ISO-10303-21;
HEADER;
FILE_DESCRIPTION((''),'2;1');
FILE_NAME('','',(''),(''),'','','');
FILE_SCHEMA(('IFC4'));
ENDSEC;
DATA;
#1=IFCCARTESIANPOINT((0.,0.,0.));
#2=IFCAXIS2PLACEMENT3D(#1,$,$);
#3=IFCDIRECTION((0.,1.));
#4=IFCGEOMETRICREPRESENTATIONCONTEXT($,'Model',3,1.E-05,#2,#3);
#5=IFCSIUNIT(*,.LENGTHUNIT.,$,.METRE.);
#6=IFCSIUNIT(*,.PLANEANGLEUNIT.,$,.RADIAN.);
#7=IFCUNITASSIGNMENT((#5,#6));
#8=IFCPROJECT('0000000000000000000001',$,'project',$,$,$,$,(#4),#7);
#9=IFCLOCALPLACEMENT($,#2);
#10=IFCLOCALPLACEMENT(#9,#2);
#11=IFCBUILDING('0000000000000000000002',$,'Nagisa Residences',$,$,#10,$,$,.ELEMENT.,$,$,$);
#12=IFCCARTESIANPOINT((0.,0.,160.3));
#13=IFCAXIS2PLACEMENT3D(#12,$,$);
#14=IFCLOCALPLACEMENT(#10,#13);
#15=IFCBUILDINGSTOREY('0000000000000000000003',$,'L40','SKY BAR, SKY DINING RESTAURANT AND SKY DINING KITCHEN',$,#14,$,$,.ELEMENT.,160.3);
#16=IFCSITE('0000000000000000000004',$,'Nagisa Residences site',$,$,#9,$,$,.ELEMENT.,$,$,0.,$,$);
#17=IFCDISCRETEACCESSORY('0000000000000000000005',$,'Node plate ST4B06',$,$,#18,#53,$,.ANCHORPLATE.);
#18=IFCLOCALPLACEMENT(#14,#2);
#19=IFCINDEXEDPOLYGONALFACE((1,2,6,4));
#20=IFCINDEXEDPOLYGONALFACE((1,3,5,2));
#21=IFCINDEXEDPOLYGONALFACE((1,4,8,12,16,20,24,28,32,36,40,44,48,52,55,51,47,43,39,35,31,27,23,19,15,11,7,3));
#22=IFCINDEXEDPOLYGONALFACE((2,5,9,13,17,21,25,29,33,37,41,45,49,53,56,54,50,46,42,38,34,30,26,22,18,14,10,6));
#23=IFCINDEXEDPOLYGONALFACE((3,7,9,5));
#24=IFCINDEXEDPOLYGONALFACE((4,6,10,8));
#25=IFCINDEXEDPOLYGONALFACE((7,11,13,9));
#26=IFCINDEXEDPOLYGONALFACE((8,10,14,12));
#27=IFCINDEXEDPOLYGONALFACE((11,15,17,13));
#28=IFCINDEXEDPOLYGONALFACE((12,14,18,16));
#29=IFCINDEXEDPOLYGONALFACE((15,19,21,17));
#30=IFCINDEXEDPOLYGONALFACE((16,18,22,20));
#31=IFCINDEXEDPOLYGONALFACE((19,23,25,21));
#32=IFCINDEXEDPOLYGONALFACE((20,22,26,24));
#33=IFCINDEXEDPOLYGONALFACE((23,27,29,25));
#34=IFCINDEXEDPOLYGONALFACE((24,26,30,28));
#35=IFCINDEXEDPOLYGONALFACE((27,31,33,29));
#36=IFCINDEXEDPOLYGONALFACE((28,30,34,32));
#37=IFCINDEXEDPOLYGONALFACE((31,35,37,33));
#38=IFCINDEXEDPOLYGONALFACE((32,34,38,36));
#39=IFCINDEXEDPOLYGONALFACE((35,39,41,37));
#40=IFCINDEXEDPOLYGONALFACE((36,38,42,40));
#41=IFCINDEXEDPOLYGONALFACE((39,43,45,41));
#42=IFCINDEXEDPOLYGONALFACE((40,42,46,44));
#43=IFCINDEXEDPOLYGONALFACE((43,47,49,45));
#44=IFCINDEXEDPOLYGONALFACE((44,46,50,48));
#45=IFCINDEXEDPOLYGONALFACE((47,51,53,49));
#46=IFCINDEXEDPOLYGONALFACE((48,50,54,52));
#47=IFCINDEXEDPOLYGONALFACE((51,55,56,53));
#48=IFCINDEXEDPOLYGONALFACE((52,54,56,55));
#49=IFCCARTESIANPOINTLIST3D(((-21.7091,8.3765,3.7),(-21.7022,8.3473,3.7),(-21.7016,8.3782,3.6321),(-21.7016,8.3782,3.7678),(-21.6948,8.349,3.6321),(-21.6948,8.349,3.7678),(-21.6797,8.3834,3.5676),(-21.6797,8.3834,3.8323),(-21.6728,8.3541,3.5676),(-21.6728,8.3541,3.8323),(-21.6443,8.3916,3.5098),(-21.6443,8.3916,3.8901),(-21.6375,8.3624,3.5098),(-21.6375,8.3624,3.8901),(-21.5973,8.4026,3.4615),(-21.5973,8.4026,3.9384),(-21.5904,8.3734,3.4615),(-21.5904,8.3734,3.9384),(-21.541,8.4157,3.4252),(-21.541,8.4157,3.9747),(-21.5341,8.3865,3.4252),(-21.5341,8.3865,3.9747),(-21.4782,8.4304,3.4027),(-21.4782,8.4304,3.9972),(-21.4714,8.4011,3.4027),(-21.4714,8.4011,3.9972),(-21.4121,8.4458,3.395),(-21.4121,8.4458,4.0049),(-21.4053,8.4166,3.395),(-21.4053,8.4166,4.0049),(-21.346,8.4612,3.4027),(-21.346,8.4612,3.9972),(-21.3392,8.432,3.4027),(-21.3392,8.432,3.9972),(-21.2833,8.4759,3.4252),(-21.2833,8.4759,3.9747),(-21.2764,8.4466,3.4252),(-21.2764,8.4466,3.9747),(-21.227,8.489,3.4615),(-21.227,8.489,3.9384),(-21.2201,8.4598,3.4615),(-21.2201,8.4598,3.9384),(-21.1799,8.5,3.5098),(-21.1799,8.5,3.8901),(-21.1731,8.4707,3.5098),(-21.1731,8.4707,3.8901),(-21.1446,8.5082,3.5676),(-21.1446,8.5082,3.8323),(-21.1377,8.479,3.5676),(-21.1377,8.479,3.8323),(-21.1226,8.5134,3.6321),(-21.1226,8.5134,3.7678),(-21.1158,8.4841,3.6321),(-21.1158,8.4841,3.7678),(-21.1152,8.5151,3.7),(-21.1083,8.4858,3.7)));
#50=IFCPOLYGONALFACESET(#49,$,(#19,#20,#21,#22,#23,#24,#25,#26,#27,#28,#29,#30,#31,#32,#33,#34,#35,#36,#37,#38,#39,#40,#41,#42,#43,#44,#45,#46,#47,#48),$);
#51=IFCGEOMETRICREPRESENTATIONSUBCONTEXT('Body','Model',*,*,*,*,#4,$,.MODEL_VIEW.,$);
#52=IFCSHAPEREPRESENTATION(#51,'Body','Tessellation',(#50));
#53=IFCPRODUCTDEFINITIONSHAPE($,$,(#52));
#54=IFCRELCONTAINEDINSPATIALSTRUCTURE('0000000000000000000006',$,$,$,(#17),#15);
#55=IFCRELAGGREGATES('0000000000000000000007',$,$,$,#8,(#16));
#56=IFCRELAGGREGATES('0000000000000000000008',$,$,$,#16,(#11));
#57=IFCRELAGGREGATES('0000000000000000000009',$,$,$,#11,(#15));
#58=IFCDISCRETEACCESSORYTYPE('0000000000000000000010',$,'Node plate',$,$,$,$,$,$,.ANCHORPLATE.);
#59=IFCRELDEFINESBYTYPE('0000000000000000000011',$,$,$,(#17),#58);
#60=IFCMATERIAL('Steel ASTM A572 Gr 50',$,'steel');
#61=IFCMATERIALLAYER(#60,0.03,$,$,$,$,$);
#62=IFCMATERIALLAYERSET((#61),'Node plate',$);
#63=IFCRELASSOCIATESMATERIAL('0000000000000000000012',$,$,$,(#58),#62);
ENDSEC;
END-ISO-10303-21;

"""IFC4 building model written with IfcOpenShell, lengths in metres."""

from ifc_helpers import new_model, si_unit, direction, frame, origin, origin_2d, place, context, subcontext, project, spatial, circle, extrude, material, layer, layer_set, type_object, element, save


model = new_model("IFC4")

# Units and contexts
model_context = context("Model", 3, precision=1e-05, world=origin(), true_north=direction((0.0, 1.0)))
body_context = subcontext(model_context, "Body", "Model", "MODEL_VIEW")
ifc_project = project(units=[si_unit("LENGTHUNIT", "METRE"), si_unit("PLANEANGLEUNIT", "RADIAN")], contexts=[model_context])

# Site, building, storey
site_placement = place(None, origin())
site = spatial("IfcSite", under=ifc_project, at=site_placement, Name="Nagisa Residences site", CompositionType="ELEMENT", RefElevation=0.0)
building_placement = place(site_placement, origin())
building = spatial("IfcBuilding", under=site, at=building_placement, Name="Nagisa Residences", CompositionType="ELEMENT")
storey_placement = place(building_placement, frame((0.0, 0.0, 160.3)))
storey = spatial("IfcBuildingStorey", under=building, at=storey_placement, Name="L40", Description="SKY BAR, SKY DINING RESTAURANT AND SKY DINING KITCHEN", CompositionType="ELEMENT", Elevation=160.3)

# Discrete accessory
ifc_material_1 = material(Name="Steel ASTM A572 Gr 50", Category="steel")
ifc_layer_1 = layer(ifc_material_1, 0.03)
ifc_layer_set_1 = layer_set([ifc_layer_1], Name="Node plate")
discrete_accessory_type_1 = type_object("IfcDiscreteAccessoryType", Name="Node plate", PredefinedType="ANCHORPLATE", material=ifc_layer_set_1)
for number, where, z_axis, x_axis, name in (
    (1, (-21.4121, 8.4458, 3.7), (0.22723, -0.973841, 0.0), (0.973841, 0.22723, 0.0), "Node plate ST4B06"),
):
    element("IfcDiscreteAccessory", number, at=place(storey_placement, frame(where, z_axis=z_axis, x_axis=x_axis)), inside=storey, type_object=discrete_accessory_type_1, Name=name, PredefinedType="ANCHORPLATE", context=body_context, shape_type="SweptSolid", body=[
        extrude(circle(Radius=0.3049, at=origin_2d()), origin(), (0.0, 0.0, 1.0), 0.03),
    ])

save(model, "model.ifc")
